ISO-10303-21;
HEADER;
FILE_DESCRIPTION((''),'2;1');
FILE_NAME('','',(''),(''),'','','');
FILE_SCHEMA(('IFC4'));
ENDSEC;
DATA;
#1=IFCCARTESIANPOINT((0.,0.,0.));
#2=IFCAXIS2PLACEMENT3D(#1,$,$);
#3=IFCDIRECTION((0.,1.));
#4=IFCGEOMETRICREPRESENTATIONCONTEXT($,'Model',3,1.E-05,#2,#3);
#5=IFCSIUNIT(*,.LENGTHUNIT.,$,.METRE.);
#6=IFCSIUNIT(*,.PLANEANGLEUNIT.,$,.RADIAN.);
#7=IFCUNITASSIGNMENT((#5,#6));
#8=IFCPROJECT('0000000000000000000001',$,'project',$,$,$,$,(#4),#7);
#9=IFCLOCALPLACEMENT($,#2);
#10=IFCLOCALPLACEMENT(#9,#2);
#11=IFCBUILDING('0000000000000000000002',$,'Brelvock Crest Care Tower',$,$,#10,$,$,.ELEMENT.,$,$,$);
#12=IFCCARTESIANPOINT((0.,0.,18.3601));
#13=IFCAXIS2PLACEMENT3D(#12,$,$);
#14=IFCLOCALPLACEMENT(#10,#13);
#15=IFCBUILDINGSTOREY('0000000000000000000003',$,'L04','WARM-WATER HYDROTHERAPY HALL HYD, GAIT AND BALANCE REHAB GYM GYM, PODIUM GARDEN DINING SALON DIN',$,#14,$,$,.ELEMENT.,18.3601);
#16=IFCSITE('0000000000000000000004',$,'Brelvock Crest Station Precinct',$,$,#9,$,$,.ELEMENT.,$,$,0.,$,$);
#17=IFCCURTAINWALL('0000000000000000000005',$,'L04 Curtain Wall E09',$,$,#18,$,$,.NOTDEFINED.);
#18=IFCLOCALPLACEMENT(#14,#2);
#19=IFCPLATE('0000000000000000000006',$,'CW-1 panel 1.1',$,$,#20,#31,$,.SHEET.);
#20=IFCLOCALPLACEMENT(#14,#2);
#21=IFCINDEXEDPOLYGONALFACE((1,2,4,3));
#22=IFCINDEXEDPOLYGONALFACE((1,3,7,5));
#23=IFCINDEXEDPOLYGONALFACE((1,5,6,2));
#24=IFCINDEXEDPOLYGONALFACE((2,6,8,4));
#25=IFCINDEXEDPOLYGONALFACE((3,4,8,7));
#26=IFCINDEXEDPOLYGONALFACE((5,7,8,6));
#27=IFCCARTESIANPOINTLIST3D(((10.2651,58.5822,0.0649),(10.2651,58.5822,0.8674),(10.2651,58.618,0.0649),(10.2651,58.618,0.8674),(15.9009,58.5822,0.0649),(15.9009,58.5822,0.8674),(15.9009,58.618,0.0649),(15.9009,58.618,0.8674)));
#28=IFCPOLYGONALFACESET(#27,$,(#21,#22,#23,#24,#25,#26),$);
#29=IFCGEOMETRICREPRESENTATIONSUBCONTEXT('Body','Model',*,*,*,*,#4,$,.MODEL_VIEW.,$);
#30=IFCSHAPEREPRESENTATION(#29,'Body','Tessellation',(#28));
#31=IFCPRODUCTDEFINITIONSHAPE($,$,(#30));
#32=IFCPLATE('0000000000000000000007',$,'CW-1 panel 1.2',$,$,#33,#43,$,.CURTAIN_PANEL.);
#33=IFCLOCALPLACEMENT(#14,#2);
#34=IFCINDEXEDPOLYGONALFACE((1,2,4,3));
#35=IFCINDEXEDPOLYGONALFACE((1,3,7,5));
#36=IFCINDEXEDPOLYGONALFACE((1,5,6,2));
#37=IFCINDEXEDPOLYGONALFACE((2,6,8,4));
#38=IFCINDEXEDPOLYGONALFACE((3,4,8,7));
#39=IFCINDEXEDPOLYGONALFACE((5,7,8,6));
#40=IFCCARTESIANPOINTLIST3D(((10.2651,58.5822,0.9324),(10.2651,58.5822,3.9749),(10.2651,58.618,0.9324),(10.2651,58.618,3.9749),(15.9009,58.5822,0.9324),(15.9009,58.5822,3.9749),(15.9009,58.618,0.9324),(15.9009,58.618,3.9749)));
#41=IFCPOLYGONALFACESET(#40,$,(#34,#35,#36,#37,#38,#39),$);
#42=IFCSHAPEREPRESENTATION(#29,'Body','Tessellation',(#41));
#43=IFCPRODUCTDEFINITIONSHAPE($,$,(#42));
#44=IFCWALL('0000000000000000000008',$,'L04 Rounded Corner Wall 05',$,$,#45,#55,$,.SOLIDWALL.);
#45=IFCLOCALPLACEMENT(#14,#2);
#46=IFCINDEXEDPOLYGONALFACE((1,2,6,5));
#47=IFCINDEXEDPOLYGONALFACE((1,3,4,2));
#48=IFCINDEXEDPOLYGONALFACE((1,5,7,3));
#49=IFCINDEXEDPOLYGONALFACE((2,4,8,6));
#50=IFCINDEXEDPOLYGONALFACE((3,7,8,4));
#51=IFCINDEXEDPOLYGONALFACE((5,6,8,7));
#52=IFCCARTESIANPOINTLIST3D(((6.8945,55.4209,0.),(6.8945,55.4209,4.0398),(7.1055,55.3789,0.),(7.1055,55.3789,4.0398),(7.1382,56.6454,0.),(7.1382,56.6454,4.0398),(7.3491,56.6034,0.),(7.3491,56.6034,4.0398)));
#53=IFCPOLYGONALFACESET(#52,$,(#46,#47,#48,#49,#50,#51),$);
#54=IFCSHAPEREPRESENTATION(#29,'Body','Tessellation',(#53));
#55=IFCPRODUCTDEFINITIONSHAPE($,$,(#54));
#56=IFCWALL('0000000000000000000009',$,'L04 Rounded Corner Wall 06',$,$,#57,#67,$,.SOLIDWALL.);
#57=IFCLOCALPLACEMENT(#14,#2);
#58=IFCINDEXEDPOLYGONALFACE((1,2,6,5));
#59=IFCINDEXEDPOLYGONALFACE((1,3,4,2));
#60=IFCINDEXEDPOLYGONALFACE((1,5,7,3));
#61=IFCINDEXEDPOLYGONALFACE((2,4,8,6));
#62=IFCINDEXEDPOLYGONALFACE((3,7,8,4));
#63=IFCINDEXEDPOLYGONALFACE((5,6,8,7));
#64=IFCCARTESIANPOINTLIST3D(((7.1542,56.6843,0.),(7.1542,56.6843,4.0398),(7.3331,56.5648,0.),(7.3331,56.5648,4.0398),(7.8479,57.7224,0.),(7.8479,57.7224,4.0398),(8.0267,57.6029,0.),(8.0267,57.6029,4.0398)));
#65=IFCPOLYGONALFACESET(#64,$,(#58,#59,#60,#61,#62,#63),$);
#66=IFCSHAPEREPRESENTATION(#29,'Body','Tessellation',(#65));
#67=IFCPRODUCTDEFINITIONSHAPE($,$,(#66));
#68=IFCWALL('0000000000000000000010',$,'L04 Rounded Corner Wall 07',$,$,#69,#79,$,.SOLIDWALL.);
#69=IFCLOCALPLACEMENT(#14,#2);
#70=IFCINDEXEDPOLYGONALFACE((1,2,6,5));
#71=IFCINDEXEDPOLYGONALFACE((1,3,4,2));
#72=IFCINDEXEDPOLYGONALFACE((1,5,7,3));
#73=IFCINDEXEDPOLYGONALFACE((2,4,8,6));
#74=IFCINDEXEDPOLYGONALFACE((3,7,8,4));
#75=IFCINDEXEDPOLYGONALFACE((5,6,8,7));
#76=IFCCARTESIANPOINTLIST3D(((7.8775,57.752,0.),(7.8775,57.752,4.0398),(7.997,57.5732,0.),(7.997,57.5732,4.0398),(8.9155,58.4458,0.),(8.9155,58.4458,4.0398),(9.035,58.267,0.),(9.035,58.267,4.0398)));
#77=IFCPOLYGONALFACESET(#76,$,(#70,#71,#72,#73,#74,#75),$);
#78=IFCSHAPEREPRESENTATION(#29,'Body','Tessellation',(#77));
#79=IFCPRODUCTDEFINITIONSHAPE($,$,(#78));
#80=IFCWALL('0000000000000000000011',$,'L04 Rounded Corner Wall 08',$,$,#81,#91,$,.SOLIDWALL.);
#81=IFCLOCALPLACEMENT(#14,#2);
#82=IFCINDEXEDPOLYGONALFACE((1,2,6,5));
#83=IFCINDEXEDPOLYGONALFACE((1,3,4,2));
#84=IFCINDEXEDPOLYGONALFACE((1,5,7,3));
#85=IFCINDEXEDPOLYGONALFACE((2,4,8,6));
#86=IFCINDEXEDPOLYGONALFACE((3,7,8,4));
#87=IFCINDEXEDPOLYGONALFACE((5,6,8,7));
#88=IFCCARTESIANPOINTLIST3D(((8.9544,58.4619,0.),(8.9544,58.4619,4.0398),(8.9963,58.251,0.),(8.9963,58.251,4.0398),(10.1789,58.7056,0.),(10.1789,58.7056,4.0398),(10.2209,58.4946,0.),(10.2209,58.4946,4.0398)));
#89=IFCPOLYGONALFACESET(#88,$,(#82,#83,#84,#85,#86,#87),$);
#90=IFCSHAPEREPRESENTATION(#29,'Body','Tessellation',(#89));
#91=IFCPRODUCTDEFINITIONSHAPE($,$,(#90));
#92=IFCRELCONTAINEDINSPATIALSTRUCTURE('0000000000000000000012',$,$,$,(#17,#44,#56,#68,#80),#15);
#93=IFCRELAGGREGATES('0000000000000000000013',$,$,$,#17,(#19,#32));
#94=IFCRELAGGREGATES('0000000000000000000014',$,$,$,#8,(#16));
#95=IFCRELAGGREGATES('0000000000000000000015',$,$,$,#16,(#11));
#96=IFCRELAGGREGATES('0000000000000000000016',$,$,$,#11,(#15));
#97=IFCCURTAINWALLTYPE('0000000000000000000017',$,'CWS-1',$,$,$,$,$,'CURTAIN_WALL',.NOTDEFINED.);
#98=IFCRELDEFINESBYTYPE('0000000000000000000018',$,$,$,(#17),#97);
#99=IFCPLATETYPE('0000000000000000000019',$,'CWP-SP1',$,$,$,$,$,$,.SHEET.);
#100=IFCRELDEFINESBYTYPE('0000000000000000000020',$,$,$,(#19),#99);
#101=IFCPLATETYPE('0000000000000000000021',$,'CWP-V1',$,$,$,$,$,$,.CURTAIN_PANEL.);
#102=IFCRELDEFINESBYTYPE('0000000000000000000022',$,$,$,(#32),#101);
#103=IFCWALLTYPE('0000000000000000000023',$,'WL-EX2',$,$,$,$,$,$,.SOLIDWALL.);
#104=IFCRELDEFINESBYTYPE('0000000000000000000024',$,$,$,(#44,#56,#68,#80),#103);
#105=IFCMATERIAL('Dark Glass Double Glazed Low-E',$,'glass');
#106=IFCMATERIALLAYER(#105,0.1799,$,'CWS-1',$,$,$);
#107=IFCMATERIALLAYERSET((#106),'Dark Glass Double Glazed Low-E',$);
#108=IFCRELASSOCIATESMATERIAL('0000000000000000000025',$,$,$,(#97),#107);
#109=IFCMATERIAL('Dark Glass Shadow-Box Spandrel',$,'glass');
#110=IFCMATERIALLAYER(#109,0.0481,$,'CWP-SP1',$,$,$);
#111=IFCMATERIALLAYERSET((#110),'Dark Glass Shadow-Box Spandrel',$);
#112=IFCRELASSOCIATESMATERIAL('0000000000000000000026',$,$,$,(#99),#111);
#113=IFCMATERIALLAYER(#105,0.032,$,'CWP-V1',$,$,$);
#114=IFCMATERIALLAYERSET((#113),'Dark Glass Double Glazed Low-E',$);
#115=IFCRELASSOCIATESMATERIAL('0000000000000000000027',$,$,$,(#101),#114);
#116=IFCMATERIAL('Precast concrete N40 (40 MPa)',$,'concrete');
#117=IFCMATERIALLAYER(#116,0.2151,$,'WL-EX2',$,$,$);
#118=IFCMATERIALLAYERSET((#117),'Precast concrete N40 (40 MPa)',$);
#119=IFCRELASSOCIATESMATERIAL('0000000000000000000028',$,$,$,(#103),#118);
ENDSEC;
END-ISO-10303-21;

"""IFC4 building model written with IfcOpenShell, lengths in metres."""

from ifc_helpers import new_model, si_unit, direction, frame, frame_2d, origin, origin_2d, place, context, subcontext, project, spatial, rectangle, extrude, source, transform, mapped, material, layer, layer_set, type_object, element, aggregate, save


model = new_model("IFC4")

# Units and contexts
model_context = context("Model", 3, precision=1e-05, world=origin(), true_north=direction((0.0, 1.0)))
body_context = subcontext(model_context, "Body", "Model", "MODEL_VIEW")
ifc_project = project(units=[si_unit("LENGTHUNIT", "METRE"), si_unit("PLANEANGLEUNIT", "RADIAN")], contexts=[model_context])

# Site, building, storey
site_placement = place(None, origin())
site = spatial("IfcSite", under=ifc_project, at=site_placement, Name="Brelvock Crest Station Precinct", CompositionType="ELEMENT", RefElevation=0.0)
building_placement = place(site_placement, origin())
building = spatial("IfcBuilding", under=site, at=building_placement, Name="Brelvock Crest Care Tower", CompositionType="ELEMENT")
storey_placement = place(building_placement, frame((0.0, 0.0, 18.3601)))
storey = spatial("IfcBuildingStorey", under=building, at=storey_placement, Name="L04", Description="WARM-WATER HYDROTHERAPY HALL HYD, GAIT AND BALANCE REHAB GYM GYM, PODIUM GARDEN DINING SALON DIN", CompositionType="ELEMENT", Elevation=18.3601)

# Curtain wall
ifc_material_1 = material(Name="Dark Glass Double Glazed Low-E", Category="glass")
ifc_layer_1 = layer(ifc_material_1, 0.1799, Name="CWS-1")
ifc_layer_set_1 = layer_set([ifc_layer_1], Name="Dark Glass Double Glazed Low-E")
curtain_wall_type = type_object("IfcCurtainWallType", Name="CWS-1", ElementType="CURTAIN_WALL", PredefinedType="NOTDEFINED", material=ifc_layer_set_1)
curtain_wall_1_placement = place(storey_placement, origin())
curtain_wall_1 = element("IfcCurtainWall", 1, at=curtain_wall_1_placement, inside=storey, type_object=curtain_wall_type, Name="L04 Curtain Wall E09", PredefinedType="NOTDEFINED")

# Plates
ifc_material_2 = material(Name="Dark Glass Shadow-Box Spandrel", Category="glass")
ifc_layer_2 = layer(ifc_material_2, 0.0481, Name="CWP-SP1")
ifc_layer_set_2 = layer_set([ifc_layer_2], Name="Dark Glass Shadow-Box Spandrel")
plate_type_1 = type_object("IfcPlateType", Name="CWP-SP1", PredefinedType="SHEET", material=ifc_layer_set_2)
ifc_layer_3 = layer(ifc_material_1, 0.032, Name="CWP-V1")
ifc_layer_set_3 = layer_set([ifc_layer_3], Name="Dark Glass Double Glazed Low-E")
plate_type_2 = type_object("IfcPlateType", Name="CWP-V1", PredefinedType="CURTAIN_PANEL", material=ifc_layer_set_3)
shared_shape_1 = source(origin(), body_context, "Body", "SweptSolid", [
    extrude(rectangle(XDim=5.6357, YDim=0.0359, at=origin_2d()), origin(), (0.0, 0.0, 1.0), 0.8025),
])
plate_1_placement = place(storey_placement, frame((13.083, 58.6001, 0.0649), z_axis=(0.0, 0.0, 1.0), x_axis=(1.0, 0.0, 0.0)))
plate_1 = element("IfcPlate", 2, at=plate_1_placement, type_object=plate_type_1, Name="CW-1 panel 1.1", PredefinedType="SHEET", context=body_context, shape_type="MappedRepresentation", body=[
    mapped(shared_shape_1, transform((0.0, 0.0, 0.0), x_axis=(1.0, 0.0, 0.0), y_axis=(0.0, 1.0, 0.0), z_axis=(0.0, 0.0, 1.0), scale=1.0)),
])
shared_shape_2 = source(origin(), body_context, "Body", "SweptSolid", [
    extrude(rectangle(XDim=5.6357, YDim=0.0359, at=origin_2d()), origin(), (0.0, 0.0, 1.0), 3.0425),
])
plate_2_placement = place(storey_placement, frame((13.083, 58.6001, 0.9324), z_axis=(0.0, 0.0, 1.0), x_axis=(1.0, 0.0, 0.0)))
plate_2 = element("IfcPlate", 3, at=plate_2_placement, type_object=plate_type_2, Name="CW-1 panel 1.2", PredefinedType="CURTAIN_PANEL", context=body_context, shape_type="MappedRepresentation", body=[
    mapped(shared_shape_2, transform((0.0, 0.0, 0.0), x_axis=(1.0, 0.0, 0.0), y_axis=(0.0, 1.0, 0.0), z_axis=(0.0, 0.0, 1.0), scale=1.0)),
])
aggregate(curtain_wall_1, [plate_1, plate_2])

# Walls
ifc_material_3 = material(Name="Precast concrete N40 (40 MPa)", Category="concrete")
ifc_layer_4 = layer(ifc_material_3, 0.2151, Name="WL-EX2")
ifc_layer_set_4 = layer_set([ifc_layer_4], Name="Precast concrete N40 (40 MPa)")
wall_type = type_object("IfcWallType", Name="WL-EX2", PredefinedType="SOLIDWALL", material=ifc_layer_set_4)
for number, where, z_axis, x_axis, name in (
    (4, (7.0, 55.3999, 0.0), (0.0, 0.0, 1.0), (0.195138, 0.980776, 0.0), "L04 Rounded Corner Wall 05"),
    (5, (7.2437, 56.6245, 0.0), (0.0, 0.0, 1.0), (0.555557, 0.831478, 0.0), "L04 Rounded Corner Wall 06"),
    (6, (7.9373, 57.6626, 0.0), (0.0, 0.0, 1.0), (0.831388, 0.555692, 0.0), "L04 Rounded Corner Wall 07"),
    (7, (8.9753, 58.3564, 0.0), (0.0, 0.0, 1.0), (0.980776, 0.195138, 0.0), "L04 Rounded Corner Wall 08"),
):
    element("IfcWall", number, at=place(storey_placement, frame(where, z_axis=z_axis, x_axis=x_axis)), inside=storey, type_object=wall_type, Name=name, PredefinedType="SOLIDWALL", context=body_context, shape_type="SweptSolid", body=[
        extrude(rectangle(XDim=1.2485, YDim=0.2151, at=frame_2d((0.6243, 0.0))), origin(), (0.0, 0.0, 1.0), 4.0398),
    ])

save(model, "model.ifc")
